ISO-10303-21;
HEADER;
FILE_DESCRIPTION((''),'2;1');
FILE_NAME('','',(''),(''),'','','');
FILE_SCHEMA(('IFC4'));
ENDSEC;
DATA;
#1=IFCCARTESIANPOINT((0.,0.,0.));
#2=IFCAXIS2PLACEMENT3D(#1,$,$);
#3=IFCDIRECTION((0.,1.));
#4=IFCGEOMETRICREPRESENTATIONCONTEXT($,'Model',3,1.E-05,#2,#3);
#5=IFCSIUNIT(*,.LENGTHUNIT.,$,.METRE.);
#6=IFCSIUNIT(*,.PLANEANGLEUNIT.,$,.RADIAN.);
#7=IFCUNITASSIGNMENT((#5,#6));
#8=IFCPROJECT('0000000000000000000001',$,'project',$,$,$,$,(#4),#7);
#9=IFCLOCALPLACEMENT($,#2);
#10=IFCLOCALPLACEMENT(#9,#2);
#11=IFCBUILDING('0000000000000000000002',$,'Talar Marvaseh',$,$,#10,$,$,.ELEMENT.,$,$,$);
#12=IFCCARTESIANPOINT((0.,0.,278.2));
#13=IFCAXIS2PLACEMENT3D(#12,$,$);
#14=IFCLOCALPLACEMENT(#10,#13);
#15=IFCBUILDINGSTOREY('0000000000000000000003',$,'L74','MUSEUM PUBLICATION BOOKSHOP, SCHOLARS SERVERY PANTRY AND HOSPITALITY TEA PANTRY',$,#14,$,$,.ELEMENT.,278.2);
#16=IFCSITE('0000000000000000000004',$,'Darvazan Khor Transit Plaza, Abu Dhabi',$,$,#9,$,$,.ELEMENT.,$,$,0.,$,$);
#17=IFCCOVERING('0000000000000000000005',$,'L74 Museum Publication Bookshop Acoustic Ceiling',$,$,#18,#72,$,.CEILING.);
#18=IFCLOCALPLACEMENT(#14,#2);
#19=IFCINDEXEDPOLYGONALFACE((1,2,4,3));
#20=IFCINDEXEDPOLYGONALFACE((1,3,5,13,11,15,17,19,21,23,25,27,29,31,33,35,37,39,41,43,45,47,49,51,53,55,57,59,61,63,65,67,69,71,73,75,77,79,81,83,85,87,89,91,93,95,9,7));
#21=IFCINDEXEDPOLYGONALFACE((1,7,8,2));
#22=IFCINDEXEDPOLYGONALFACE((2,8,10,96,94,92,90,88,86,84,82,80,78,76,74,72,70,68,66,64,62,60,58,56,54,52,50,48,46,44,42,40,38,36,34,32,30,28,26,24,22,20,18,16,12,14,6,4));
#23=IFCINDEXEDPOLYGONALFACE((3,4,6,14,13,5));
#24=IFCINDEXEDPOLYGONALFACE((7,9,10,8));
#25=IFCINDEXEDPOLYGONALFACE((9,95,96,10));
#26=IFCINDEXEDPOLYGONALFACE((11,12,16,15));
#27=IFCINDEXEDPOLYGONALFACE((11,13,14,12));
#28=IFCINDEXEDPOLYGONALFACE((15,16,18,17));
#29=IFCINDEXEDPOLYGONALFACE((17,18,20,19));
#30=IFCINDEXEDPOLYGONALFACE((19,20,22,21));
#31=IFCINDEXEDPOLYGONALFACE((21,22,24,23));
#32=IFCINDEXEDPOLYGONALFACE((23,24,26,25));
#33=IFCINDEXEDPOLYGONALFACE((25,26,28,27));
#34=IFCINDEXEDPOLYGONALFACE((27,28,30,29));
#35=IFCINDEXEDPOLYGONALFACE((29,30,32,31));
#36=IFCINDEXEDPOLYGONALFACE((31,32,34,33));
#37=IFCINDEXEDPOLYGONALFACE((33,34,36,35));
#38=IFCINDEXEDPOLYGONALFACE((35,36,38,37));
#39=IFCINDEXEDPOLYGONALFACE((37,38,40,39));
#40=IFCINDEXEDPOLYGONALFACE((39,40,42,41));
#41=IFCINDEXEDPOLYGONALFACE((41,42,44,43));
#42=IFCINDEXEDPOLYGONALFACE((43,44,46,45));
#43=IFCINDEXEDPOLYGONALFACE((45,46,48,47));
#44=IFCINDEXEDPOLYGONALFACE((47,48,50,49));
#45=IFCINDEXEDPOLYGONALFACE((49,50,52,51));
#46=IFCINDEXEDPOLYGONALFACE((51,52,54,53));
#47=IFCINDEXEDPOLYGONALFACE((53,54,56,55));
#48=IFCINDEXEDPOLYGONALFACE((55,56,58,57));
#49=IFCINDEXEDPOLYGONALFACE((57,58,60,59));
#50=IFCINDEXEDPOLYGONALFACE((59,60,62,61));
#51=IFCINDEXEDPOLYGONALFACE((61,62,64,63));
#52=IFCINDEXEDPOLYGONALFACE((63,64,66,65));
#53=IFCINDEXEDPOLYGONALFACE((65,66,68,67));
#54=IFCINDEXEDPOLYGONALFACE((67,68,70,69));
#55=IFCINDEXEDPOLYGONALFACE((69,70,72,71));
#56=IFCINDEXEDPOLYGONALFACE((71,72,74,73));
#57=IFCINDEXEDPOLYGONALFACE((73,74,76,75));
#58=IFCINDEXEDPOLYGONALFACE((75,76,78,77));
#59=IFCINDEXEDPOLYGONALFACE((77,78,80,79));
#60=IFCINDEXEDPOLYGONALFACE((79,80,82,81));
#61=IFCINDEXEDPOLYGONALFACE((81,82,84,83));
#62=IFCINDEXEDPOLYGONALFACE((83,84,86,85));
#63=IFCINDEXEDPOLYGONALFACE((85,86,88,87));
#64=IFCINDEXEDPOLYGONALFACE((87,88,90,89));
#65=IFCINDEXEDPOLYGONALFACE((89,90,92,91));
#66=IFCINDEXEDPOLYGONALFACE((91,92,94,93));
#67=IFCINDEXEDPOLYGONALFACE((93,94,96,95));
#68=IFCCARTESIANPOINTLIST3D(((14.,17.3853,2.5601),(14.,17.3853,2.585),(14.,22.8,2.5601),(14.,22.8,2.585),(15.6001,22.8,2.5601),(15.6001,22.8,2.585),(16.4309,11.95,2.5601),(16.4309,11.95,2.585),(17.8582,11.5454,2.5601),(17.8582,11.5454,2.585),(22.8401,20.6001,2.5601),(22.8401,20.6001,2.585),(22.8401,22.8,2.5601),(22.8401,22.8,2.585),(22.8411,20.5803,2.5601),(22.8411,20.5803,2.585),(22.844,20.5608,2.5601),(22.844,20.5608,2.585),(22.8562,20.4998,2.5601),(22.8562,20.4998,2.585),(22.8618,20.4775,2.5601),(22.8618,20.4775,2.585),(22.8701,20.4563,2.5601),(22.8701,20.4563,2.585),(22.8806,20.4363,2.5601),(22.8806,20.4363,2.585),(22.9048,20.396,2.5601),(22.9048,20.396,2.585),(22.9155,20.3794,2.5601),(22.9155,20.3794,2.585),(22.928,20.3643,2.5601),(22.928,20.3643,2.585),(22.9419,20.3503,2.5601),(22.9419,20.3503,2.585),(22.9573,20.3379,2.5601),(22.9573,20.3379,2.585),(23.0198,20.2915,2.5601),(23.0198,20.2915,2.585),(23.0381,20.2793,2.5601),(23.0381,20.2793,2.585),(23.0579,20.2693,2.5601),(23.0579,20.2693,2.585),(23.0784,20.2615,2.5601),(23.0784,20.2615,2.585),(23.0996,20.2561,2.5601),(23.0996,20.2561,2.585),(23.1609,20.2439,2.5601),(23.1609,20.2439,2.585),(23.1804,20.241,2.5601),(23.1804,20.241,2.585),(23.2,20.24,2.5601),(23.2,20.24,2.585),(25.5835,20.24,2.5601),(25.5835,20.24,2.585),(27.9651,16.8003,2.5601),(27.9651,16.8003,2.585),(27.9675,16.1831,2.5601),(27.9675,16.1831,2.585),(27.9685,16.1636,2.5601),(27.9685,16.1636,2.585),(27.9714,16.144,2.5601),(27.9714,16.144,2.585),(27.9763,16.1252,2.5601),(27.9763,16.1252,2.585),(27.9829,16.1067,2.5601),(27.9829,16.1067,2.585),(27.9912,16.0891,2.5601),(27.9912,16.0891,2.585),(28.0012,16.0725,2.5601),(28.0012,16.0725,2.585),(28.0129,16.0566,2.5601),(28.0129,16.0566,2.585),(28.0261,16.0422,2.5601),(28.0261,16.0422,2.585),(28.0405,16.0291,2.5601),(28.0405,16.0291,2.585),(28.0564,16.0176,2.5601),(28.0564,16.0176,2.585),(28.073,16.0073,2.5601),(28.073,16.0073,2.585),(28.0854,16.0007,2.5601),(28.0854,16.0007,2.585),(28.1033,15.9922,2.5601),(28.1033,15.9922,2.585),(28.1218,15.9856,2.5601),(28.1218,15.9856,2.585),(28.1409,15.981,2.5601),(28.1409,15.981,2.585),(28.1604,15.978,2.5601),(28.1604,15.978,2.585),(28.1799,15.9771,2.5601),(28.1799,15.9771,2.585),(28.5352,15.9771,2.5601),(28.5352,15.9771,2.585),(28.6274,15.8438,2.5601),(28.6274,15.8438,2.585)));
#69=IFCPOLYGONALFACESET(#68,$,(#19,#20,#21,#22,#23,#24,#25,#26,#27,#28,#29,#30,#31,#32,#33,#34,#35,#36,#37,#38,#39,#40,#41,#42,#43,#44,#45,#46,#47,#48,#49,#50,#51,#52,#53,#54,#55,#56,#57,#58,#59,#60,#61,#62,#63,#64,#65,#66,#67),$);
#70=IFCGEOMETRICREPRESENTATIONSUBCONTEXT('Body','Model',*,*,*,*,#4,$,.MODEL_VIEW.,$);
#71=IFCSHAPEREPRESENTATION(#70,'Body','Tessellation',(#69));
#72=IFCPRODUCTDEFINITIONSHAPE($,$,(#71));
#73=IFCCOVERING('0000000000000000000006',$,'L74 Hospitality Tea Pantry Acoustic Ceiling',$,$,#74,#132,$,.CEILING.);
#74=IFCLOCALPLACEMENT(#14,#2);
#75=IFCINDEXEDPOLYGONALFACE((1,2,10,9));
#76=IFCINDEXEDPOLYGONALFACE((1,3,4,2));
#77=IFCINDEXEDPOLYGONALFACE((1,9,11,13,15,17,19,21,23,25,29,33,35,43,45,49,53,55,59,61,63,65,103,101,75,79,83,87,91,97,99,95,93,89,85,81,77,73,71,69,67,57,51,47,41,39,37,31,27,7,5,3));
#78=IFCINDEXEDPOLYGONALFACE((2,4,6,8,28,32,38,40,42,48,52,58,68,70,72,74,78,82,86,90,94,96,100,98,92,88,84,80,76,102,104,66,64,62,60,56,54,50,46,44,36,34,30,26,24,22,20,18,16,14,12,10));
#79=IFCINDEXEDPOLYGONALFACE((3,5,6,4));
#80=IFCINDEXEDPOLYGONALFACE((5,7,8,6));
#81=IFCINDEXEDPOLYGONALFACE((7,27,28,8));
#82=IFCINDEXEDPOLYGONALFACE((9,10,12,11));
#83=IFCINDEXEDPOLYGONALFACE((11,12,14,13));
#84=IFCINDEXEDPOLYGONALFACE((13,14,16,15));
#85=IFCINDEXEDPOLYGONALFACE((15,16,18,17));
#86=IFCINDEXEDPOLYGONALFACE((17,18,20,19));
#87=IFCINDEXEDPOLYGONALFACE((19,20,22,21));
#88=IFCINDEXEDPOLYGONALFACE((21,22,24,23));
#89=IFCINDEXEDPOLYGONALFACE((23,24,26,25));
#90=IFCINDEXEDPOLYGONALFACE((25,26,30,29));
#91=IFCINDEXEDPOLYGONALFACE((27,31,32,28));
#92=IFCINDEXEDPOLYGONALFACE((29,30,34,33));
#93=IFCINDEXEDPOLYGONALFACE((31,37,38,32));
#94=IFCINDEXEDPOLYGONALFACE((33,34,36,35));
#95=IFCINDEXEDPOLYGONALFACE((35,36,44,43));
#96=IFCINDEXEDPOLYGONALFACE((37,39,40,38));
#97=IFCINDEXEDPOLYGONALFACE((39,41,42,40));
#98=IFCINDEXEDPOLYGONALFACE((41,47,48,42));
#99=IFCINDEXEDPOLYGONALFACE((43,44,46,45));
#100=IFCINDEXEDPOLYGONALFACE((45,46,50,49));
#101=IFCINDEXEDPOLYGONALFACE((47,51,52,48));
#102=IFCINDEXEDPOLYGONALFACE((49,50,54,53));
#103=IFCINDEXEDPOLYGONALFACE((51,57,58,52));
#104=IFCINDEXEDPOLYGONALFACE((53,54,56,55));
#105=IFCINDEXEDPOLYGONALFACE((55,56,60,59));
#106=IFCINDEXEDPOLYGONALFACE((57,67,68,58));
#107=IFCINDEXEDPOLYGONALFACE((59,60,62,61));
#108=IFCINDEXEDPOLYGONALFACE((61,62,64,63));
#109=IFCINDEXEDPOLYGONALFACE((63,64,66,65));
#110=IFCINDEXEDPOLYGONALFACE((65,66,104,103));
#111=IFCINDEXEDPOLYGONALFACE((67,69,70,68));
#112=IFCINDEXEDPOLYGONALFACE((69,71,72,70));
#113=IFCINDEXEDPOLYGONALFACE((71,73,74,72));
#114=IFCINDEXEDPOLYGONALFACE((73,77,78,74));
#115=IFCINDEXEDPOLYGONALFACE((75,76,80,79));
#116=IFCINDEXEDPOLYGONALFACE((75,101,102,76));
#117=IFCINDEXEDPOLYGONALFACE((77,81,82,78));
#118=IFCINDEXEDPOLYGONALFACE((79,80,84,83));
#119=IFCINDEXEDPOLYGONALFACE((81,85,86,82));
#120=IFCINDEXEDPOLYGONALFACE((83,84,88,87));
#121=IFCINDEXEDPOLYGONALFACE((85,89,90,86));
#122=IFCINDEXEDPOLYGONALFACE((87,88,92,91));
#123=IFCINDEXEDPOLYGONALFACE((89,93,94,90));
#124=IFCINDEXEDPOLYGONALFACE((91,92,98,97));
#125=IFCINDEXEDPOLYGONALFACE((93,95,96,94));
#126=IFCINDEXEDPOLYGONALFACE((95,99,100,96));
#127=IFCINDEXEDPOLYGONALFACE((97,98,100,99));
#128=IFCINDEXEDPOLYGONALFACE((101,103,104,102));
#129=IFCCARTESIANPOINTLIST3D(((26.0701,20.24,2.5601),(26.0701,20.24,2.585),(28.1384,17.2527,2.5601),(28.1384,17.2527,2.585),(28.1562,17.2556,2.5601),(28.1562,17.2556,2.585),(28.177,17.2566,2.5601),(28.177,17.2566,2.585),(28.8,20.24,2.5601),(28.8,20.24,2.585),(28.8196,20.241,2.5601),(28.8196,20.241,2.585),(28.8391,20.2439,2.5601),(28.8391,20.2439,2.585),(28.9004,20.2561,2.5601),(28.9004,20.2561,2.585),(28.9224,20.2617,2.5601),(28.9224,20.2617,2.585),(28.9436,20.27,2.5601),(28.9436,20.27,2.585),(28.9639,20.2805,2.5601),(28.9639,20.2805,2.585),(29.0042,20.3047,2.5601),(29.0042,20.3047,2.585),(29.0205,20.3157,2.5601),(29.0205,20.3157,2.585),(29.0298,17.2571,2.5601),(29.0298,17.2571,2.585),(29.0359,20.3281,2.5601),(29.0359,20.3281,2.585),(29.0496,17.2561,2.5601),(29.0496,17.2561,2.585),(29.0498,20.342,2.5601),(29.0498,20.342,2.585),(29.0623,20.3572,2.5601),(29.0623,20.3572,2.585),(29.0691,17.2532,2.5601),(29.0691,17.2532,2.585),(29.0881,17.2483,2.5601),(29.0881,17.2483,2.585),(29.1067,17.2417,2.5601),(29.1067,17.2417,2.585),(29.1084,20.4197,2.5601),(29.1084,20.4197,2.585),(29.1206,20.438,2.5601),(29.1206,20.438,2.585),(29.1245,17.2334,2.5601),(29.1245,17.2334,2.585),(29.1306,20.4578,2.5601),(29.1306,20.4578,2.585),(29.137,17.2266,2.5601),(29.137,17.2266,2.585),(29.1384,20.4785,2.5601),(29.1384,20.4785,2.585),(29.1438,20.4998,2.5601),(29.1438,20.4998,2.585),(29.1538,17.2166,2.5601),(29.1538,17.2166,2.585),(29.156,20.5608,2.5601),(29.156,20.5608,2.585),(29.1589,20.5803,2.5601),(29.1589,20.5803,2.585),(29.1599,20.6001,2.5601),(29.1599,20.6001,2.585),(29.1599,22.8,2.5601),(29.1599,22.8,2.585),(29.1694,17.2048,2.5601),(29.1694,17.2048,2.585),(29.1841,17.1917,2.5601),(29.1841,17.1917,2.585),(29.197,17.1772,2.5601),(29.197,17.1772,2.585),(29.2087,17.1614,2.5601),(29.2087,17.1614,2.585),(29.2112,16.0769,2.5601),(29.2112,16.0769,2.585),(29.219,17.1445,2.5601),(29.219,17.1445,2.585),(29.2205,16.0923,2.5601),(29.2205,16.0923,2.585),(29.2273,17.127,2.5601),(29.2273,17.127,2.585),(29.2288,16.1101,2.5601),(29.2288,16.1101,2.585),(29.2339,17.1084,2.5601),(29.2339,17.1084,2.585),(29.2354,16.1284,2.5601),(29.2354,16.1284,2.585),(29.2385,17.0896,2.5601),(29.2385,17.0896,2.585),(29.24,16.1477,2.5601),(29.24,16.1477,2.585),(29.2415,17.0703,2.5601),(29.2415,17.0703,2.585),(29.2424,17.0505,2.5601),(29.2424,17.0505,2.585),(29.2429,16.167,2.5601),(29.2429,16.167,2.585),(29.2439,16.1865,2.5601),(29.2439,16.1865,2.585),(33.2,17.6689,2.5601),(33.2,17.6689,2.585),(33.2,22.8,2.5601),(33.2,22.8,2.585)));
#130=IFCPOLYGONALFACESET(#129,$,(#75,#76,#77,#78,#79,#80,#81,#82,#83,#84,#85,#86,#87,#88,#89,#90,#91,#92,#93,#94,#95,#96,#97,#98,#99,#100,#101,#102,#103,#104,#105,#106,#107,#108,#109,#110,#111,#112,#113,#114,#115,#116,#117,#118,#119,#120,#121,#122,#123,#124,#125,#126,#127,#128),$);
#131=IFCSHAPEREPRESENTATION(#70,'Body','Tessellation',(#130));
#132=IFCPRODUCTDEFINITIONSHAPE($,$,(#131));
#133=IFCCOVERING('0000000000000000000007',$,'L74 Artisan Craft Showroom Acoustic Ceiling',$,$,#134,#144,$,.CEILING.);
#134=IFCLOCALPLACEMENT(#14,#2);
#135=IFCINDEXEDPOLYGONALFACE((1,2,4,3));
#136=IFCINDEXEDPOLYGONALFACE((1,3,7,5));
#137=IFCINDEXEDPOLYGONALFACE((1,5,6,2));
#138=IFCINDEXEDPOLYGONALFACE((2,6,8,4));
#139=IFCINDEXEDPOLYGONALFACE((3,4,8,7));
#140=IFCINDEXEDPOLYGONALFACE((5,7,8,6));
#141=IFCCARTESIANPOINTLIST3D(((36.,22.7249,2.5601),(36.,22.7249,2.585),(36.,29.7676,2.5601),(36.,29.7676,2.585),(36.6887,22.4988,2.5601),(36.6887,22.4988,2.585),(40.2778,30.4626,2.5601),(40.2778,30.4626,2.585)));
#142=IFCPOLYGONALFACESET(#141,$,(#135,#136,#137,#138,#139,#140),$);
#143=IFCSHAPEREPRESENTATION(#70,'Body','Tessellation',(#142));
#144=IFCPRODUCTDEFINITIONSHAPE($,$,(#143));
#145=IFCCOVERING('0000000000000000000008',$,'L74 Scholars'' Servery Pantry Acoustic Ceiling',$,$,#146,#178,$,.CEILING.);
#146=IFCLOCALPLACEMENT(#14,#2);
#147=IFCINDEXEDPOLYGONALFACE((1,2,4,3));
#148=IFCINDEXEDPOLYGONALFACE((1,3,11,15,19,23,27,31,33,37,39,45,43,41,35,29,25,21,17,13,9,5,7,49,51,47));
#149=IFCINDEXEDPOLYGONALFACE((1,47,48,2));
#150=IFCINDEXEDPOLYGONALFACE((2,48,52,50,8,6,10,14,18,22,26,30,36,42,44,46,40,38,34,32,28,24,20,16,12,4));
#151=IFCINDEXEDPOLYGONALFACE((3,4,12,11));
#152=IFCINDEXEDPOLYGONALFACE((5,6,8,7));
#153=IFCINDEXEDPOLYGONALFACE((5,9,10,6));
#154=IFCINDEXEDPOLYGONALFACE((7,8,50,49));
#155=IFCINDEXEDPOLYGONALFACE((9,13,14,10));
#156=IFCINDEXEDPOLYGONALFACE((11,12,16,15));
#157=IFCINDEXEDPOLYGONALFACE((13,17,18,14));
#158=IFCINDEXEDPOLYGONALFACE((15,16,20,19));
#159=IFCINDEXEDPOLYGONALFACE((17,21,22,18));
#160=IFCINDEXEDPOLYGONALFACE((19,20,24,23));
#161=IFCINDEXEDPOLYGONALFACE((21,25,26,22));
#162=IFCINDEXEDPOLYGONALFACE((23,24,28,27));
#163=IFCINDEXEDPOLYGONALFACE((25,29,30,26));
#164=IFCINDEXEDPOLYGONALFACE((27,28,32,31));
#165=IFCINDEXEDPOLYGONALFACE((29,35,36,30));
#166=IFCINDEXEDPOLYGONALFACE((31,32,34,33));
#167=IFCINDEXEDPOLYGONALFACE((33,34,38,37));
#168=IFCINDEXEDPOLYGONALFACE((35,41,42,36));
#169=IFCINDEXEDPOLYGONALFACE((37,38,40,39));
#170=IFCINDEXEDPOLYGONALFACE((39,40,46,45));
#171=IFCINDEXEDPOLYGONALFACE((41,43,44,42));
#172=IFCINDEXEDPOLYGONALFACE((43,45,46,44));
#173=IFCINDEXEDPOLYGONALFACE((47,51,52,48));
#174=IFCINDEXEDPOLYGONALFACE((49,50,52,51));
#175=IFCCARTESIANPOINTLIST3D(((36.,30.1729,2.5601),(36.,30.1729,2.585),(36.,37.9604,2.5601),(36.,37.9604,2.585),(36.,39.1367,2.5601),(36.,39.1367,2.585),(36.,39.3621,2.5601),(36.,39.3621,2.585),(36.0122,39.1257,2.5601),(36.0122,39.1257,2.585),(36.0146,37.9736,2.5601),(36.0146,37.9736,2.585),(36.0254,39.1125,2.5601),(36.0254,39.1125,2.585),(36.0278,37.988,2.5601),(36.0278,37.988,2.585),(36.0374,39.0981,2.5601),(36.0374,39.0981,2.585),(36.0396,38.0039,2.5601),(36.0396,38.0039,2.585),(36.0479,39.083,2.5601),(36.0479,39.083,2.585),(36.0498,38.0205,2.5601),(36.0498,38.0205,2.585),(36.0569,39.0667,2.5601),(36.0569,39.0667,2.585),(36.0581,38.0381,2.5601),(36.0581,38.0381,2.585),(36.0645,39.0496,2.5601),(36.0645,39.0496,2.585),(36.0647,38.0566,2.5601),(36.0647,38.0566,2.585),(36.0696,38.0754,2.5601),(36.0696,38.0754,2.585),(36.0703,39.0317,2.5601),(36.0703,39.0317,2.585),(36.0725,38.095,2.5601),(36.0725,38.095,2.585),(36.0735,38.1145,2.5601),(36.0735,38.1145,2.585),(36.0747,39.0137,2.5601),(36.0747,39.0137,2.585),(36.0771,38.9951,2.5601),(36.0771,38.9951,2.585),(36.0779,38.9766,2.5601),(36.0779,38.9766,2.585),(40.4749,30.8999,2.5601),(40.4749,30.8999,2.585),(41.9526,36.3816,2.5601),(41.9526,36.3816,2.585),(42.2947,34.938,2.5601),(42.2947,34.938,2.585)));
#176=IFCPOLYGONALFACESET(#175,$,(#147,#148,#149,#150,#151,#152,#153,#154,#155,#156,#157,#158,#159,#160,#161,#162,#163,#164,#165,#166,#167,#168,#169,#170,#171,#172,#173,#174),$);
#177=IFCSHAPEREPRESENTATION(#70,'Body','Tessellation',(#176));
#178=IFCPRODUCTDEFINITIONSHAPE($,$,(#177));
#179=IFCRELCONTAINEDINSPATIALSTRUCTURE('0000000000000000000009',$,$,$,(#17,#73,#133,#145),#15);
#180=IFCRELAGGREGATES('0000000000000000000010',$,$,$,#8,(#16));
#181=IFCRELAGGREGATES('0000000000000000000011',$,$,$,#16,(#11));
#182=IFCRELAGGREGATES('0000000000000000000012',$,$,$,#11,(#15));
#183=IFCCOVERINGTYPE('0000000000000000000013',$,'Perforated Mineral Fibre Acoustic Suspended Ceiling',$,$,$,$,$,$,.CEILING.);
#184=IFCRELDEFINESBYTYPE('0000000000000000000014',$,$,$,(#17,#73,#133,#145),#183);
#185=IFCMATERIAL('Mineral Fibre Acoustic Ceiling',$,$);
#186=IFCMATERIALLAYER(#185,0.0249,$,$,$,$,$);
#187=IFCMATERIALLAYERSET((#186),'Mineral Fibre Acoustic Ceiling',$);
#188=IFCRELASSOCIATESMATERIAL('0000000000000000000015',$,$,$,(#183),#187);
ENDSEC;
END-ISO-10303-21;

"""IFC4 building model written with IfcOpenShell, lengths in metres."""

from ifc_helpers import new_model, si_unit, direction, frame, origin, place, context, subcontext, project, spatial, polyline, outline, extrude, material, layer, layer_set, type_object, element, save


model = new_model("IFC4")

# Units and contexts
model_context = context("Model", 3, precision=1e-05, world=origin(), true_north=direction((0.0, 1.0)))
body_context = subcontext(model_context, "Body", "Model", "MODEL_VIEW")
ifc_project = project(units=[si_unit("LENGTHUNIT", "METRE"), si_unit("PLANEANGLEUNIT", "RADIAN")], contexts=[model_context])

# Site, building, storey
site_placement = place(None, origin())
site = spatial("IfcSite", under=ifc_project, at=site_placement, Name="Darvazan Khor Transit Plaza, Abu Dhabi", CompositionType="ELEMENT", RefElevation=0.0)
building_placement = place(site_placement, origin())
building = spatial("IfcBuilding", under=site, at=building_placement, Name="Talar Marvaseh", CompositionType="ELEMENT")
storey_placement = place(building_placement, frame((0.0, 0.0, 278.2)))
storey = spatial("IfcBuildingStorey", under=building, at=storey_placement, Name="L74", Description="MUSEUM PUBLICATION BOOKSHOP, SCHOLARS SERVERY PANTRY AND HOSPITALITY TEA PANTRY", CompositionType="ELEMENT", Elevation=278.2)

# Coverings
ifc_material_1 = material(Name="Mineral Fibre Acoustic Ceiling")
ifc_layer_1 = layer(ifc_material_1, 0.0249)
ifc_layer_set_1 = layer_set([ifc_layer_1], Name="Mineral Fibre Acoustic Ceiling")
covering_type_1 = type_object("IfcCoveringType", Name="Perforated Mineral Fibre Acoustic Suspended Ceiling", PredefinedType="CEILING", material=ifc_layer_set_1)
covering_1_placement = place(storey_placement, frame((0.0, 0.0, 2.5601)))
element("IfcCovering", 1, at=covering_1_placement, inside=storey, type_object=covering_type_1, Name="L74 Museum Publication Bookshop Acoustic Ceiling", PredefinedType="CEILING", context=body_context, shape_type="SweptSolid", body=[
    extrude(outline(polyline([(22.8401, 20.6001), (22.8411, 20.5803), (22.844, 20.5608), (22.8562, 20.4998), (22.8618, 20.4775), (22.8701, 20.4563), (22.8806, 20.4363), (22.9048, 20.396), (22.9155, 20.3794), (22.928, 20.3643), (22.9419, 20.3503), (22.9573, 20.3379), (23.0198, 20.2915), (23.0381, 20.2793), (23.0579, 20.2693), (23.0784, 20.2615), (23.0996, 20.2561), (23.1609, 20.2439), (23.1804, 20.241), (23.2, 20.24), (25.5835, 20.24), (27.9651, 16.8003), (27.9675, 16.1831), (27.9685, 16.1636), (27.9714, 16.144), (27.9763, 16.1252), (27.9829, 16.1067), (27.9912, 16.0891), (28.0012, 16.0725), (28.0129, 16.0566), (28.0261, 16.0422), (28.0405, 16.0291), (28.0564, 16.0176), (28.073, 16.0073), (28.0854, 16.0007), (28.1033, 15.9922), (28.1218, 15.9856), (28.1409, 15.981), (28.1604, 15.978), (28.1799, 15.9771), (28.5352, 15.9771), (28.6274, 15.8438), (17.8582, 11.5454), (16.4309, 11.95), (14.0, 17.3853), (14.0, 22.8), (15.6001, 22.8), (22.8401, 22.8), (22.8401, 20.6001)])), origin(), (0.0, 0.0, 1.0), 0.0249),
])
covering_2_placement = place(storey_placement, frame((0.0, 0.0, 2.5601)))
element("IfcCovering", 2, at=covering_2_placement, inside=storey, type_object=covering_type_1, Name="L74 Hospitality Tea Pantry Acoustic Ceiling", PredefinedType="CEILING", context=body_context, shape_type="SweptSolid", body=[
    extrude(outline(polyline([(28.8, 20.24), (28.8196, 20.241), (28.8391, 20.2439), (28.9004, 20.2561), (28.9224, 20.2617), (28.9436, 20.27), (28.9639, 20.2805), (29.0042, 20.3047), (29.0205, 20.3157), (29.0359, 20.3281), (29.0498, 20.342), (29.0623, 20.3572), (29.1084, 20.4197), (29.1206, 20.438), (29.1306, 20.4578), (29.1384, 20.4785), (29.1438, 20.4998), (29.156, 20.5608), (29.1589, 20.5803), (29.1599, 20.6001), (29.1599, 22.8), (33.2, 22.8), (33.2, 17.6689), (29.2112, 16.0769), (29.2205, 16.0923), (29.2288, 16.1101), (29.2354, 16.1284), (29.24, 16.1477), (29.2429, 16.167), (29.2439, 16.1865), (29.2424, 17.0505), (29.2415, 17.0703), (29.2385, 17.0896), (29.2339, 17.1084), (29.2273, 17.127), (29.219, 17.1445), (29.2087, 17.1614), (29.197, 17.1772), (29.1841, 17.1917), (29.1694, 17.2048), (29.1538, 17.2166), (29.137, 17.2266), (29.1245, 17.2334), (29.1067, 17.2417), (29.0881, 17.2483), (29.0691, 17.2532), (29.0496, 17.2561), (29.0298, 17.2571), (28.177, 17.2566), (28.1562, 17.2556), (28.1384, 17.2527), (26.0701, 20.24), (28.8, 20.24)])), origin(), (0.0, 0.0, 1.0), 0.0249),
])
covering_3_placement = place(storey_placement, frame((0.0, 0.0, 2.5601)))
element("IfcCovering", 3, at=covering_3_placement, inside=storey, type_object=covering_type_1, Name="L74 Artisan Craft Showroom Acoustic Ceiling", PredefinedType="CEILING", context=body_context, shape_type="SweptSolid", body=[
    extrude(outline(polyline([(36.6887, 22.4988), (36.0, 22.7249), (36.0, 29.7676), (40.2778, 30.4626), (36.6887, 22.4988)])), origin(), (0.0, 0.0, 1.0), 0.0249),
])
covering_4_placement = place(storey_placement, frame((0.0, 0.0, 2.5601)))
element("IfcCovering", 4, at=covering_4_placement, inside=storey, type_object=covering_type_1, Name="L74 Scholars' Servery Pantry Acoustic Ceiling", PredefinedType="CEILING", context=body_context, shape_type="SweptSolid", body=[
    extrude(outline(polyline([(42.2947, 34.938), (40.4749, 30.8999), (36.0, 30.1729), (36.0, 37.9604), (36.0, 37.9604), (36.0146, 37.9736), (36.0278, 37.988), (36.0396, 38.0039), (36.0498, 38.0205), (36.0581, 38.0381), (36.0647, 38.0566), (36.0696, 38.0754), (36.0725, 38.095), (36.0735, 38.1145), (36.0779, 38.9766), (36.0771, 38.9951), (36.0747, 39.0137), (36.0703, 39.0317), (36.0645, 39.0496), (36.0569, 39.0667), (36.0479, 39.083), (36.0374, 39.0981), (36.0254, 39.1125), (36.0122, 39.1257), (36.0, 39.1367), (36.0, 39.3621), (41.9526, 36.3816), (42.2947, 34.938)])), origin(), (0.0, 0.0, 1.0), 0.0249),
])

save(model, "model.ifc")
